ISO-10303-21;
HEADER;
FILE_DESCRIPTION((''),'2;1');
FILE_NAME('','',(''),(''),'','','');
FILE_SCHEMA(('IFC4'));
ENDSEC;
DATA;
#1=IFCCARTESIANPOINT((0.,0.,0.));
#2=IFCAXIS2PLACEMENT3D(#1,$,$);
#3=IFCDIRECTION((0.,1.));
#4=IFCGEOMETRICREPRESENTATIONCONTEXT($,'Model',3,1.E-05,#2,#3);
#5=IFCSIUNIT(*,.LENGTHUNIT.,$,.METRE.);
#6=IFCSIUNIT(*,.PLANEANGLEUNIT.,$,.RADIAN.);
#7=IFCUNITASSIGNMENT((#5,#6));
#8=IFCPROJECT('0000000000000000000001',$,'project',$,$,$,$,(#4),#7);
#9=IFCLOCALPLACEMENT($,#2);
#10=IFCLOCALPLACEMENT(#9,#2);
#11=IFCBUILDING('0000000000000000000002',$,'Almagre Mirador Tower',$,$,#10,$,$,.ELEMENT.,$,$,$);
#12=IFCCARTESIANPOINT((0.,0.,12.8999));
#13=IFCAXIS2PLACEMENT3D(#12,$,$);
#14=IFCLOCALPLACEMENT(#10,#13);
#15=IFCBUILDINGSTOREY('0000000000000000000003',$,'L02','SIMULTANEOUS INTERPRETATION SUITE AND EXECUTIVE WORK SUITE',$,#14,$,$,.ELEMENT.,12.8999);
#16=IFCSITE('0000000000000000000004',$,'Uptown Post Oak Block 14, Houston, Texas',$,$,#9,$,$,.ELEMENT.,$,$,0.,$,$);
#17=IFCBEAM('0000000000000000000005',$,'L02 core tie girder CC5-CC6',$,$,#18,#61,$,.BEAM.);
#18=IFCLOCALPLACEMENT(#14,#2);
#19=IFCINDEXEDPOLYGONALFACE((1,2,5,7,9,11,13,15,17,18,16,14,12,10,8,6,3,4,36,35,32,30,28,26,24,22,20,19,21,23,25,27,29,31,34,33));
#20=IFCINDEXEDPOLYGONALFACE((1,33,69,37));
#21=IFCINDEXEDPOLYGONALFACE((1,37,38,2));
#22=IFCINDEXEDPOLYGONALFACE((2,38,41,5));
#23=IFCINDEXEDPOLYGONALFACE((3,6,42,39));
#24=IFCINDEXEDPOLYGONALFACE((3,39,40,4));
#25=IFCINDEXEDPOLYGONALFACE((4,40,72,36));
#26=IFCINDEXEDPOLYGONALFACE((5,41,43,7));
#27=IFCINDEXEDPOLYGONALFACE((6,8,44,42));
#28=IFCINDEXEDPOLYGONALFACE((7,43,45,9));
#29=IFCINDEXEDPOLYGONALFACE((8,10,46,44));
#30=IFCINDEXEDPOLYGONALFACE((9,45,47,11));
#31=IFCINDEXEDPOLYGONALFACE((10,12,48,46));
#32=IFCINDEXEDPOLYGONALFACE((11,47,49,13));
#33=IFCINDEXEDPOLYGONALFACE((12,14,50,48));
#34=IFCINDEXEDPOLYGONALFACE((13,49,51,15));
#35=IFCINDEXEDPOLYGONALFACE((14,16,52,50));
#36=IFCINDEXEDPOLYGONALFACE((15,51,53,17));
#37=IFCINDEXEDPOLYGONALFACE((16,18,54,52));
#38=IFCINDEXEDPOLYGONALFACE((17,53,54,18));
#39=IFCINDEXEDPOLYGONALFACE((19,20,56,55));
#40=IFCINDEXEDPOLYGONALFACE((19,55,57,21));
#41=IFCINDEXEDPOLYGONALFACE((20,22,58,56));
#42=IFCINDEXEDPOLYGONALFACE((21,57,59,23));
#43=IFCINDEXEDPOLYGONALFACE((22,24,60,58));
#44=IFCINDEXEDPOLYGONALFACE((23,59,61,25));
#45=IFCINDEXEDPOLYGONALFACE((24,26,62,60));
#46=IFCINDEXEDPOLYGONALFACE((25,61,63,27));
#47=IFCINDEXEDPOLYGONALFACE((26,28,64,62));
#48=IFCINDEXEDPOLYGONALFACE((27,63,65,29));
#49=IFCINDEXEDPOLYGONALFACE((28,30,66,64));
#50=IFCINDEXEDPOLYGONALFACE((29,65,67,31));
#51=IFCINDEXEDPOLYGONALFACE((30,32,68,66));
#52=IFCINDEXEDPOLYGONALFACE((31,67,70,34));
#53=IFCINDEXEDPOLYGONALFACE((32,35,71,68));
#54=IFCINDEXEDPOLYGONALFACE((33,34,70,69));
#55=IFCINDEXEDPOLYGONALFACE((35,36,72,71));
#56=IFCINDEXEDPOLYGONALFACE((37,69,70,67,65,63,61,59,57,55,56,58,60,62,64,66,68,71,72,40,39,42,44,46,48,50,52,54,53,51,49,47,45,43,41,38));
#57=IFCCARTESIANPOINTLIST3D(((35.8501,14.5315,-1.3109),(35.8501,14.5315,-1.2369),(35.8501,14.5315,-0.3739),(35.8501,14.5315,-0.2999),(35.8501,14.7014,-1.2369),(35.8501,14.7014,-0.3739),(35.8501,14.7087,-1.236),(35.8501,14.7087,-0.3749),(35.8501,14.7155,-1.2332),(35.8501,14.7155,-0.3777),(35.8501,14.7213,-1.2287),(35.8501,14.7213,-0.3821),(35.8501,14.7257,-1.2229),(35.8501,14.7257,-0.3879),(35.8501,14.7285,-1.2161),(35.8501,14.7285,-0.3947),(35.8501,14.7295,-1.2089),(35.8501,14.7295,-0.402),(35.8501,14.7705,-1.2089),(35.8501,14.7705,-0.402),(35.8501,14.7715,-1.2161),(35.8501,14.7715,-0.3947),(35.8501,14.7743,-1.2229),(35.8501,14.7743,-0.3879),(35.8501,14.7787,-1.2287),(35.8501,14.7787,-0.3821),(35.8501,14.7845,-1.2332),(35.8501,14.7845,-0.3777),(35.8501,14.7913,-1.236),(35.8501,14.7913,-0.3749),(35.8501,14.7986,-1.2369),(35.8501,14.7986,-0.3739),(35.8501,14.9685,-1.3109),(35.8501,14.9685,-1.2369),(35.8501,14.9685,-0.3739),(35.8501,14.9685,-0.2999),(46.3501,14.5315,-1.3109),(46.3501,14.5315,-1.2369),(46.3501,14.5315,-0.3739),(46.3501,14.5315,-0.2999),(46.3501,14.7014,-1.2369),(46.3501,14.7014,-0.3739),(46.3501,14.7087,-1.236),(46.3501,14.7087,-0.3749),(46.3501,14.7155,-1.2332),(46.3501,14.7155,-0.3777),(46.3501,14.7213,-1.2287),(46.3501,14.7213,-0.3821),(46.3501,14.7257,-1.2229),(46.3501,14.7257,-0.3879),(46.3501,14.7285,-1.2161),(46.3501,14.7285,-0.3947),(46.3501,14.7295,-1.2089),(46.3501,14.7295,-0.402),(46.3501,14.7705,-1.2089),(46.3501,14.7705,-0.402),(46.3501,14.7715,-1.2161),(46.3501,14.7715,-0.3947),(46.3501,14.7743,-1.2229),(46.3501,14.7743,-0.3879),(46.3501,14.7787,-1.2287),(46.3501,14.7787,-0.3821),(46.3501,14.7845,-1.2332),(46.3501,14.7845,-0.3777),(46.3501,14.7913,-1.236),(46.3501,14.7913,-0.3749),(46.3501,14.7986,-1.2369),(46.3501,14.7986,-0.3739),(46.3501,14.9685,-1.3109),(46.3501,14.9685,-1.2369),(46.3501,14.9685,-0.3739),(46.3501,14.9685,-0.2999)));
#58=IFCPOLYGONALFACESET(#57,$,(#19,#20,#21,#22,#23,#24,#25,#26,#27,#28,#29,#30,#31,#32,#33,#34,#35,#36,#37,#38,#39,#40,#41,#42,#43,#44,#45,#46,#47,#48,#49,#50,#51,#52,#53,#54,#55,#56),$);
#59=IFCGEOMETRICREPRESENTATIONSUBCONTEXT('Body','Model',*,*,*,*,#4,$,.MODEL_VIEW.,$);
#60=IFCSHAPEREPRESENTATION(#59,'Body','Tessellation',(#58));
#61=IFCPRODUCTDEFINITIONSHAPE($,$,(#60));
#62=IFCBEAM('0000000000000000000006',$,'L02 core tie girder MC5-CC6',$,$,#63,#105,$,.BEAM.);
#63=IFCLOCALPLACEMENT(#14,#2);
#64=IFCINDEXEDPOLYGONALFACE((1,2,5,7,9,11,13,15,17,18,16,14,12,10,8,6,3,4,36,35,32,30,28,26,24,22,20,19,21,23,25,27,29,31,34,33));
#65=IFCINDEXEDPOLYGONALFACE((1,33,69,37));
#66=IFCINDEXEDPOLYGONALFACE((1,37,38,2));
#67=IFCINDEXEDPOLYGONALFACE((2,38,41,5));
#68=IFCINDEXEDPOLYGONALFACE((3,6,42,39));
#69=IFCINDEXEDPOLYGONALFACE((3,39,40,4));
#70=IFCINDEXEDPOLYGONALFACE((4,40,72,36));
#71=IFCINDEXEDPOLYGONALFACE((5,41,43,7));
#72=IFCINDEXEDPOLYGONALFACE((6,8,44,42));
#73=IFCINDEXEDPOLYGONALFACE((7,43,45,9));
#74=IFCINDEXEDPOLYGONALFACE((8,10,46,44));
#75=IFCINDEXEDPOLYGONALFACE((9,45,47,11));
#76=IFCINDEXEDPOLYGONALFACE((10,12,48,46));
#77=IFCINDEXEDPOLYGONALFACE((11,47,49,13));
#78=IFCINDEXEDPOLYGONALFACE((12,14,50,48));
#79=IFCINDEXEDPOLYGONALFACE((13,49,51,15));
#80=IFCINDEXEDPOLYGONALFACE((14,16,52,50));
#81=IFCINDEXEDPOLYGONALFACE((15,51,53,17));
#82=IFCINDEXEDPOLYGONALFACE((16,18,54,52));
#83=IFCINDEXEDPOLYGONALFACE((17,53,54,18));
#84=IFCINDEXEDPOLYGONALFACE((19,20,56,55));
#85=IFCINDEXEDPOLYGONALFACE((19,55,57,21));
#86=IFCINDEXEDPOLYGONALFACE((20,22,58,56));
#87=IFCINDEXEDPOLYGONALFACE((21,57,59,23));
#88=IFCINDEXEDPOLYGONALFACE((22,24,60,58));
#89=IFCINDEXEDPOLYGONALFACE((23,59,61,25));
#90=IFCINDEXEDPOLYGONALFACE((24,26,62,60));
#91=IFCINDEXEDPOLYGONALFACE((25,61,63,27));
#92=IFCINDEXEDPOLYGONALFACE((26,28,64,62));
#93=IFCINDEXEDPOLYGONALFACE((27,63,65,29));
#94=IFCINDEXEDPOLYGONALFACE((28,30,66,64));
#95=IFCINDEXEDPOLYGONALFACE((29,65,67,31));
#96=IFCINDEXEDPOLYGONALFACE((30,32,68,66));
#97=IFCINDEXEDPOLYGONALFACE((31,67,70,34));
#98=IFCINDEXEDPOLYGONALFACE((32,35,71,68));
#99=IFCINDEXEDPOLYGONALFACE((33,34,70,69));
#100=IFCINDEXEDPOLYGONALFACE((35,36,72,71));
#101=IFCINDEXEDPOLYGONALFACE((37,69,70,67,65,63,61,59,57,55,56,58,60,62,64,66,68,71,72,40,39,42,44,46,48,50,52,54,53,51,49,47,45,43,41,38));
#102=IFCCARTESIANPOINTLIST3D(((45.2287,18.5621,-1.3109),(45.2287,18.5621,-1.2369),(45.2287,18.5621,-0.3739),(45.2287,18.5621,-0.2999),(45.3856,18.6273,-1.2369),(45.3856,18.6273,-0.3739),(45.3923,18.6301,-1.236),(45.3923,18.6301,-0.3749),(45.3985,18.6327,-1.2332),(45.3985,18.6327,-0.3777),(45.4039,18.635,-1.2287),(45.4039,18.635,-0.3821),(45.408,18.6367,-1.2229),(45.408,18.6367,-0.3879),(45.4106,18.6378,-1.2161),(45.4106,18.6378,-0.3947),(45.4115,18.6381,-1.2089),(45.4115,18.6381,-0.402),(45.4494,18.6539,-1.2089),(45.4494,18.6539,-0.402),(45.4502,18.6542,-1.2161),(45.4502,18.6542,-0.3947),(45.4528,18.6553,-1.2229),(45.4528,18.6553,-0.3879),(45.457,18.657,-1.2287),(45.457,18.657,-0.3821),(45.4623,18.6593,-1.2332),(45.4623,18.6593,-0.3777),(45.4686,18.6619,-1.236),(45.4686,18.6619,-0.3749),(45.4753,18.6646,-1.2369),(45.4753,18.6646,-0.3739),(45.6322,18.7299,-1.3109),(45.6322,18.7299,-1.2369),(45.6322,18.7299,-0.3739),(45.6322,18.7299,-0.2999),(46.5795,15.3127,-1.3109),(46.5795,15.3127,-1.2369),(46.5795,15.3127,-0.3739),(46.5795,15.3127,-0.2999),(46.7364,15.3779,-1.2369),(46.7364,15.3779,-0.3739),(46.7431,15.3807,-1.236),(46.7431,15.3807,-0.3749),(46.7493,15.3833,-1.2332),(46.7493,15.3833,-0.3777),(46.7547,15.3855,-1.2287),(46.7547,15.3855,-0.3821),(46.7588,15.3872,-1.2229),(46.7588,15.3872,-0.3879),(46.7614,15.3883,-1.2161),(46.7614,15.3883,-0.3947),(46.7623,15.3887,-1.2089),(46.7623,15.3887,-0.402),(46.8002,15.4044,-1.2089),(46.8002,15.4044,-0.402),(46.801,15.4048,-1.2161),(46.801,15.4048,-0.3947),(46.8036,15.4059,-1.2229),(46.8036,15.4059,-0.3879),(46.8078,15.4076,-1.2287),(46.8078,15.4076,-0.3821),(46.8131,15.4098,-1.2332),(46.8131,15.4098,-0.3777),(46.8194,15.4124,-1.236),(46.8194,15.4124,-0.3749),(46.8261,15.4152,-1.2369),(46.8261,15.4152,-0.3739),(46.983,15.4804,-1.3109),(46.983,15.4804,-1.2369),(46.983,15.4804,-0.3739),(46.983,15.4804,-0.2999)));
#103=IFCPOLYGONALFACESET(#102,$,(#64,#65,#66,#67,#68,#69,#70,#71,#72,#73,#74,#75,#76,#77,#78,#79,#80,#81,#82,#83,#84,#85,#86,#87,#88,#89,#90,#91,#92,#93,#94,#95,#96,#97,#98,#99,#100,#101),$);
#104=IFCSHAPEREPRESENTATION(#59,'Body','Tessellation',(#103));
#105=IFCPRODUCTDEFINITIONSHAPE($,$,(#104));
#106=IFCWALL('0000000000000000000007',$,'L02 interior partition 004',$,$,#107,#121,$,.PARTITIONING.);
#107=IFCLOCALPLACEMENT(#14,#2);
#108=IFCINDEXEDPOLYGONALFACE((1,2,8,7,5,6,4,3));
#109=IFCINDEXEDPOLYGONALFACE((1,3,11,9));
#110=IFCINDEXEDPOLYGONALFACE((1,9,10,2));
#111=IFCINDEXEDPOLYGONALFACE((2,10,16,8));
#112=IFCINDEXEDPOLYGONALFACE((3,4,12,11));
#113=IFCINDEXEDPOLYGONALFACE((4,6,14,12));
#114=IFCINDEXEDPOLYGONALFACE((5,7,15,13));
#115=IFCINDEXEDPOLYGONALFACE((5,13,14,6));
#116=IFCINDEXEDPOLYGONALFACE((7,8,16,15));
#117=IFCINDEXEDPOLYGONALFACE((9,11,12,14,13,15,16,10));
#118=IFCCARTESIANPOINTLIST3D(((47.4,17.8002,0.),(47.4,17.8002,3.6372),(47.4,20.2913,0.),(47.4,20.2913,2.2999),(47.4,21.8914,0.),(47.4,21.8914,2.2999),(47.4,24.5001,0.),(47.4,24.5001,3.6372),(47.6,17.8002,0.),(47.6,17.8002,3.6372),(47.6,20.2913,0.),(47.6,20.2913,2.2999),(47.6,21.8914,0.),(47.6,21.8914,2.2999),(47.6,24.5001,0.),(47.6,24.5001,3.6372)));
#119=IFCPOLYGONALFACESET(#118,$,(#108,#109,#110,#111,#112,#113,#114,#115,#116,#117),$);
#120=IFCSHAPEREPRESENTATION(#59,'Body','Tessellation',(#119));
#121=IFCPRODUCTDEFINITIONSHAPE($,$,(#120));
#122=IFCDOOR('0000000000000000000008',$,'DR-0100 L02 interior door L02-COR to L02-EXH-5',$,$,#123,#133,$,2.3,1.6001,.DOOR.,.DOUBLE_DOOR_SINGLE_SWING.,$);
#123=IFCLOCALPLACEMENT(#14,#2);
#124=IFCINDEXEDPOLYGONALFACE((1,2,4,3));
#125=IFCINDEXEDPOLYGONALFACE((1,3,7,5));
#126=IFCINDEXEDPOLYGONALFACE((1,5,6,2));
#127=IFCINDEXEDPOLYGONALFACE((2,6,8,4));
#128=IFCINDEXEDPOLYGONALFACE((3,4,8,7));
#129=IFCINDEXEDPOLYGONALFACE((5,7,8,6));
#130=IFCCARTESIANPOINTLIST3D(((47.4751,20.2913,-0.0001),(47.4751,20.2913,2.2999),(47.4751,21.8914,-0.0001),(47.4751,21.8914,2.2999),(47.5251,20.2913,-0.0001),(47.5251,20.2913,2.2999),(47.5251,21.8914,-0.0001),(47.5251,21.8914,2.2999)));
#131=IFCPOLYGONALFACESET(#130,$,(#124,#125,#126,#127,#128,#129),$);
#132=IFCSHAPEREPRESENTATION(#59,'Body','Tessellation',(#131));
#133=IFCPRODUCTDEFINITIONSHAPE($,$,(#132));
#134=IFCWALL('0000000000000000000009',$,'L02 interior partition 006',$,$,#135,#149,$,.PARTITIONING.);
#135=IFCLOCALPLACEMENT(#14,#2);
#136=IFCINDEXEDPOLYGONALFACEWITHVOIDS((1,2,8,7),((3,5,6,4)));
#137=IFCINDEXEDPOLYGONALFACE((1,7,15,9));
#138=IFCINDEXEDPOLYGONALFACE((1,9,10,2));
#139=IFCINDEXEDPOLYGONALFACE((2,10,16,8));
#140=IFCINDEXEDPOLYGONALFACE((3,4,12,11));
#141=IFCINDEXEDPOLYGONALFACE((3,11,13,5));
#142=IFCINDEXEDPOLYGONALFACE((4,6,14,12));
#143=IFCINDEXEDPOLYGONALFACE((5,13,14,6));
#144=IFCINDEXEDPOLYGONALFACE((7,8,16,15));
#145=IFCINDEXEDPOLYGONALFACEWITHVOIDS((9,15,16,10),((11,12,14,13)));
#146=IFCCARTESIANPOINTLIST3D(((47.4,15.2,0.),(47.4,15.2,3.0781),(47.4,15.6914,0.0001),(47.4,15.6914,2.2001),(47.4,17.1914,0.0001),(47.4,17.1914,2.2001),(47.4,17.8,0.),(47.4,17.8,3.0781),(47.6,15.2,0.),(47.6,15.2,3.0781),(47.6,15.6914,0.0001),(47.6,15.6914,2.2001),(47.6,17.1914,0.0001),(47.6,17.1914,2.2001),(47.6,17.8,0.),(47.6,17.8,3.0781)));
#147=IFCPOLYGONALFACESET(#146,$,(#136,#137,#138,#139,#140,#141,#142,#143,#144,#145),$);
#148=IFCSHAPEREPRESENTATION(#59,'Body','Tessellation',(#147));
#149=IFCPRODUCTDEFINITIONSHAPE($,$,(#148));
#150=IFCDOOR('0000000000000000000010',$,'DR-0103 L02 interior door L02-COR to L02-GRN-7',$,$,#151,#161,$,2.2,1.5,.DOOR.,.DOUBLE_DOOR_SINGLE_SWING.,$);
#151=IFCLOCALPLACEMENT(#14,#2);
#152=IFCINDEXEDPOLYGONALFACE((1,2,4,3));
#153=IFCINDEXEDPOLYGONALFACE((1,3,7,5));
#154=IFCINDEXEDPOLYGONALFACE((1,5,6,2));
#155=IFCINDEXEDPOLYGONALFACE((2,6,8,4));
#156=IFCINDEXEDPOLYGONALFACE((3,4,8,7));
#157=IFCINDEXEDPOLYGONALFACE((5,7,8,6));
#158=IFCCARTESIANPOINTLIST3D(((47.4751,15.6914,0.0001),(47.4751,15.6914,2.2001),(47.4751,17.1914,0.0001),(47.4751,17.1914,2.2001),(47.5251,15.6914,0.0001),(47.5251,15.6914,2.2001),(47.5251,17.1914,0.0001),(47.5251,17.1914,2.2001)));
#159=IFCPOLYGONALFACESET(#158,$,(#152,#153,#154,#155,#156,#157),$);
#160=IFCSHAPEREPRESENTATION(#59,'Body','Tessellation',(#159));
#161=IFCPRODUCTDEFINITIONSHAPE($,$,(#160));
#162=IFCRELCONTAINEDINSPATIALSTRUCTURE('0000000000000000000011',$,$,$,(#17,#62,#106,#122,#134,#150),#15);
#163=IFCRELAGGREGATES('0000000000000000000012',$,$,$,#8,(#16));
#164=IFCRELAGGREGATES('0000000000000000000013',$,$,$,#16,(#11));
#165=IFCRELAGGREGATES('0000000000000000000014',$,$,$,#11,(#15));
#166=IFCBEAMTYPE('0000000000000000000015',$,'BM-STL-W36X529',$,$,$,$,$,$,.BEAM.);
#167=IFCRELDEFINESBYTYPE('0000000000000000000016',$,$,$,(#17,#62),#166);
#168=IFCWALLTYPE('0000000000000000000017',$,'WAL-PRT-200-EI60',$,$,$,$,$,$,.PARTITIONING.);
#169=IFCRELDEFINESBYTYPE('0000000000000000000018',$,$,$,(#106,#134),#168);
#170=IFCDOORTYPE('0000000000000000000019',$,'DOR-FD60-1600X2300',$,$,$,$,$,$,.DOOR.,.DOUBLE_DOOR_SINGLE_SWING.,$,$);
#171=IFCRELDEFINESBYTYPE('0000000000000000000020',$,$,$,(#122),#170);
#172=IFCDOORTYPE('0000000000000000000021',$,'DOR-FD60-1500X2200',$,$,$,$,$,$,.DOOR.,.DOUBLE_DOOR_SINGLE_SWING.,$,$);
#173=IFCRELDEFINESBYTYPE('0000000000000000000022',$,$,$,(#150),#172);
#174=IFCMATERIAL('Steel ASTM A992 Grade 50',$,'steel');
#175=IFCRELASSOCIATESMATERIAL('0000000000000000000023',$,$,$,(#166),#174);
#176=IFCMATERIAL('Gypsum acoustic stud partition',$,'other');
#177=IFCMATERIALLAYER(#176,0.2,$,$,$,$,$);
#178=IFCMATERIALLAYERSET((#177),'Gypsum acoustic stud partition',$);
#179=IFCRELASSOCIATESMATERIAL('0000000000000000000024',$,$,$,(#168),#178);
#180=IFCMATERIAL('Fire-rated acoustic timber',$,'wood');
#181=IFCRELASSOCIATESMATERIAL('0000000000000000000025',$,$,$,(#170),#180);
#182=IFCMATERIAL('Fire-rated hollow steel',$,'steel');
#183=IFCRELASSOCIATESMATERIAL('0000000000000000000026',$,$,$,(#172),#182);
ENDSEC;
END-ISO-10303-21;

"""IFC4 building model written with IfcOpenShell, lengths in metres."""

from ifc_helpers import new_model, si_unit, direction, frame, frame_2d, origin, origin_2d, place, context, subcontext, project, spatial, rectangle, i_section, extrude, material, layer, layer_set, material_profile, profile_set, type_object, element, fill, save


model = new_model("IFC4")

# Units and contexts
model_context = context("Model", 3, precision=1e-05, world=origin(), true_north=direction((0.0, 1.0)))
body_context = subcontext(model_context, "Body", "Model", "MODEL_VIEW")
ifc_project = project(units=[si_unit("LENGTHUNIT", "METRE"), si_unit("PLANEANGLEUNIT", "RADIAN")], contexts=[model_context])

# Site, building, storey
site_placement = place(None, origin())
site = spatial("IfcSite", under=ifc_project, at=site_placement, Name="Uptown Post Oak Block 14, Houston, Texas", CompositionType="ELEMENT", RefElevation=0.0)
building_placement = place(site_placement, origin())
building = spatial("IfcBuilding", under=site, at=building_placement, Name="Almagre Mirador Tower", CompositionType="ELEMENT")
storey_placement = place(building_placement, frame((0.0, 0.0, 12.8999)))
storey = spatial("IfcBuildingStorey", under=building, at=storey_placement, Name="L02", Description="SIMULTANEOUS INTERPRETATION SUITE AND EXECUTIVE WORK SUITE", CompositionType="ELEMENT", Elevation=12.8999)

# Beams
ifc_material_1 = material(Name="Steel ASTM A992 Grade 50", Category="steel")
ifc_material_profile_1 = material_profile(ifc_material_1, i_section(OverallWidth=0.437, OverallDepth=1.011, WebThickness=0.041, FlangeThickness=0.074, FilletRadius=0.0281, at=origin_2d()), Name="W36X529")
ifc_profile_set_1 = profile_set([ifc_material_profile_1], Name="Steel ASTM A992 Grade 50")
beam_type_1 = type_object("IfcBeamType", Name="BM-STL-W36X529", PredefinedType="BEAM", material=ifc_profile_set_1)
beam_1_placement = place(storey_placement, frame((35.8501, 14.75, -0.8054), z_axis=(1.0, 0.0, 0.0), x_axis=(0.0, 1.0, 0.0)))
element("IfcBeam", 1, at=beam_1_placement, inside=storey, type_object=beam_type_1, Name="L02 core tie girder CC5-CC6", PredefinedType="BEAM", context=body_context, shape_type="SweptSolid", body=[
    extrude(i_section(OverallWidth=0.437, OverallDepth=1.011, WebThickness=0.041, FlangeThickness=0.074, FilletRadius=0.0281, at=origin_2d()), origin(), (0.0, 0.0, 1.0), 10.5),
])
beam_2_placement = place(storey_placement, frame((45.4304, 18.646, -0.8054), z_axis=(0.383857, -0.923393, 0.0), x_axis=(0.923393, 0.383857, 0.0)))
element("IfcBeam", 2, at=beam_2_placement, inside=storey, type_object=beam_type_1, Name="L02 core tie girder MC5-CC6", PredefinedType="BEAM", context=body_context, shape_type="SweptSolid", body=[
    extrude(i_section(OverallWidth=0.437, OverallDepth=1.011, WebThickness=0.041, FlangeThickness=0.074, FilletRadius=0.0281, at=origin_2d()), origin(), (0.0, 0.0, 1.0), 3.519),
])

# Walls, openings, doors
ifc_material_2 = material(Name="Gypsum acoustic stud partition", Category="other")
ifc_layer_1 = layer(ifc_material_2, 0.2)
ifc_layer_set_1 = layer_set([ifc_layer_1], Name="Gypsum acoustic stud partition")
wall_type_1 = type_object("IfcWallType", Name="WAL-PRT-200-EI60", PredefinedType="PARTITIONING", material=ifc_layer_set_1)
wall_1_placement = place(storey_placement, frame((47.5, 17.8, 0.0), z_axis=(0.0, 0.0, 1.0), x_axis=(0.0, 1.0, 0.0)))
wall_1 = element("IfcWall", 3, at=wall_1_placement, inside=storey, type_object=wall_type_1, Name="L02 interior partition 004", PredefinedType="PARTITIONING", context=body_context, shape_type="SweptSolid", body=[
    extrude(rectangle(XDim=6.7, YDim=0.2, at=frame_2d((3.3501, 0.0))), origin(), (0.0, 0.0, 1.0), 3.6372),
])
opening_1_placement = place(wall_1_placement, frame((2.4912, 0.0, 0.0)))
opening_1 = element("IfcOpeningElement", 4, at=opening_1_placement, cuts=wall_1, PredefinedType="OPENING", context=body_context, shape_type="SweptSolid", body=[
    extrude(rectangle(XDim=1.6001, YDim=2.3, at=frame_2d((0.8, 1.1499))), frame((0.0, 0.1101, 0.0), z_axis=(0.0, -1.0, 0.0), x_axis=(1.0, 0.0, 0.0)), (0.0, 0.0, 1.0), 0.22),
])
ifc_material_3 = material(Name="Fire-rated acoustic timber", Category="wood")
door_type_1 = type_object("IfcDoorType", Name="DOR-FD60-1600X2300", OperationType="DOUBLE_DOOR_SINGLE_SWING", PredefinedType="DOOR", material=ifc_material_3)
door_1_placement = place(opening_1_placement, origin())
door_1 = element("IfcDoor", 5, at=door_1_placement, inside=storey, type_object=door_type_1, Name="DR-0100 L02 interior door L02-COR to L02-EXH-5", OperationType="DOUBLE_DOOR_SINGLE_SWING", OverallHeight=2.3, OverallWidth=1.6001, PredefinedType="DOOR", context=body_context, shape_type="SweptSolid", body=[
    extrude(rectangle(XDim=1.6001, YDim=2.3, at=frame_2d((0.8, 1.1499))), frame((0.0, 0.0249, 0.0), z_axis=(0.0, -1.0, 0.0), x_axis=(1.0, 0.0, 0.0)), (0.0, 0.0, 1.0), 0.05),
])
fill(opening_1, door_1)
wall_2_placement = place(storey_placement, frame((47.5, 15.2, 0.0), z_axis=(0.0, 0.0, 1.0), x_axis=(0.0, 1.0, 0.0)))
wall_2 = element("IfcWall", 6, at=wall_2_placement, inside=storey, type_object=wall_type_1, Name="L02 interior partition 006", PredefinedType="PARTITIONING", context=body_context, shape_type="SweptSolid", body=[
    extrude(rectangle(XDim=2.6001, YDim=0.2, at=frame_2d((1.3, 0.0))), origin(), (0.0, 0.0, 1.0), 3.0781),
])
opening_2_placement = place(wall_2_placement, frame((0.4915, 0.0, 0.0)))
opening_2 = element("IfcOpeningElement", 7, at=opening_2_placement, cuts=wall_2, PredefinedType="OPENING", context=body_context, shape_type="SweptSolid", body=[
    extrude(rectangle(XDim=1.5, YDim=2.2, at=frame_2d((0.75, 1.1001))), frame((0.0, 0.1101, 0.0), z_axis=(0.0, -1.0, 0.0), x_axis=(1.0, 0.0, 0.0)), (0.0, 0.0, 1.0), 0.22),
])
ifc_material_4 = material(Name="Fire-rated hollow steel", Category="steel")
door_type_2 = type_object("IfcDoorType", Name="DOR-FD60-1500X2200", OperationType="DOUBLE_DOOR_SINGLE_SWING", PredefinedType="DOOR", material=ifc_material_4)
door_2_placement = place(opening_2_placement, origin())
door_2 = element("IfcDoor", 8, at=door_2_placement, inside=storey, type_object=door_type_2, Name="DR-0103 L02 interior door L02-COR to L02-GRN-7", OperationType="DOUBLE_DOOR_SINGLE_SWING", OverallHeight=2.2, OverallWidth=1.5, PredefinedType="DOOR", context=body_context, shape_type="SweptSolid", body=[
    extrude(rectangle(XDim=1.5, YDim=2.2, at=frame_2d((0.75, 1.1001))), frame((0.0, 0.0249, 0.0), z_axis=(0.0, -1.0, 0.0), x_axis=(1.0, 0.0, 0.0)), (0.0, 0.0, 1.0), 0.05),
])
fill(opening_2, door_2)

save(model, "model.ifc")
